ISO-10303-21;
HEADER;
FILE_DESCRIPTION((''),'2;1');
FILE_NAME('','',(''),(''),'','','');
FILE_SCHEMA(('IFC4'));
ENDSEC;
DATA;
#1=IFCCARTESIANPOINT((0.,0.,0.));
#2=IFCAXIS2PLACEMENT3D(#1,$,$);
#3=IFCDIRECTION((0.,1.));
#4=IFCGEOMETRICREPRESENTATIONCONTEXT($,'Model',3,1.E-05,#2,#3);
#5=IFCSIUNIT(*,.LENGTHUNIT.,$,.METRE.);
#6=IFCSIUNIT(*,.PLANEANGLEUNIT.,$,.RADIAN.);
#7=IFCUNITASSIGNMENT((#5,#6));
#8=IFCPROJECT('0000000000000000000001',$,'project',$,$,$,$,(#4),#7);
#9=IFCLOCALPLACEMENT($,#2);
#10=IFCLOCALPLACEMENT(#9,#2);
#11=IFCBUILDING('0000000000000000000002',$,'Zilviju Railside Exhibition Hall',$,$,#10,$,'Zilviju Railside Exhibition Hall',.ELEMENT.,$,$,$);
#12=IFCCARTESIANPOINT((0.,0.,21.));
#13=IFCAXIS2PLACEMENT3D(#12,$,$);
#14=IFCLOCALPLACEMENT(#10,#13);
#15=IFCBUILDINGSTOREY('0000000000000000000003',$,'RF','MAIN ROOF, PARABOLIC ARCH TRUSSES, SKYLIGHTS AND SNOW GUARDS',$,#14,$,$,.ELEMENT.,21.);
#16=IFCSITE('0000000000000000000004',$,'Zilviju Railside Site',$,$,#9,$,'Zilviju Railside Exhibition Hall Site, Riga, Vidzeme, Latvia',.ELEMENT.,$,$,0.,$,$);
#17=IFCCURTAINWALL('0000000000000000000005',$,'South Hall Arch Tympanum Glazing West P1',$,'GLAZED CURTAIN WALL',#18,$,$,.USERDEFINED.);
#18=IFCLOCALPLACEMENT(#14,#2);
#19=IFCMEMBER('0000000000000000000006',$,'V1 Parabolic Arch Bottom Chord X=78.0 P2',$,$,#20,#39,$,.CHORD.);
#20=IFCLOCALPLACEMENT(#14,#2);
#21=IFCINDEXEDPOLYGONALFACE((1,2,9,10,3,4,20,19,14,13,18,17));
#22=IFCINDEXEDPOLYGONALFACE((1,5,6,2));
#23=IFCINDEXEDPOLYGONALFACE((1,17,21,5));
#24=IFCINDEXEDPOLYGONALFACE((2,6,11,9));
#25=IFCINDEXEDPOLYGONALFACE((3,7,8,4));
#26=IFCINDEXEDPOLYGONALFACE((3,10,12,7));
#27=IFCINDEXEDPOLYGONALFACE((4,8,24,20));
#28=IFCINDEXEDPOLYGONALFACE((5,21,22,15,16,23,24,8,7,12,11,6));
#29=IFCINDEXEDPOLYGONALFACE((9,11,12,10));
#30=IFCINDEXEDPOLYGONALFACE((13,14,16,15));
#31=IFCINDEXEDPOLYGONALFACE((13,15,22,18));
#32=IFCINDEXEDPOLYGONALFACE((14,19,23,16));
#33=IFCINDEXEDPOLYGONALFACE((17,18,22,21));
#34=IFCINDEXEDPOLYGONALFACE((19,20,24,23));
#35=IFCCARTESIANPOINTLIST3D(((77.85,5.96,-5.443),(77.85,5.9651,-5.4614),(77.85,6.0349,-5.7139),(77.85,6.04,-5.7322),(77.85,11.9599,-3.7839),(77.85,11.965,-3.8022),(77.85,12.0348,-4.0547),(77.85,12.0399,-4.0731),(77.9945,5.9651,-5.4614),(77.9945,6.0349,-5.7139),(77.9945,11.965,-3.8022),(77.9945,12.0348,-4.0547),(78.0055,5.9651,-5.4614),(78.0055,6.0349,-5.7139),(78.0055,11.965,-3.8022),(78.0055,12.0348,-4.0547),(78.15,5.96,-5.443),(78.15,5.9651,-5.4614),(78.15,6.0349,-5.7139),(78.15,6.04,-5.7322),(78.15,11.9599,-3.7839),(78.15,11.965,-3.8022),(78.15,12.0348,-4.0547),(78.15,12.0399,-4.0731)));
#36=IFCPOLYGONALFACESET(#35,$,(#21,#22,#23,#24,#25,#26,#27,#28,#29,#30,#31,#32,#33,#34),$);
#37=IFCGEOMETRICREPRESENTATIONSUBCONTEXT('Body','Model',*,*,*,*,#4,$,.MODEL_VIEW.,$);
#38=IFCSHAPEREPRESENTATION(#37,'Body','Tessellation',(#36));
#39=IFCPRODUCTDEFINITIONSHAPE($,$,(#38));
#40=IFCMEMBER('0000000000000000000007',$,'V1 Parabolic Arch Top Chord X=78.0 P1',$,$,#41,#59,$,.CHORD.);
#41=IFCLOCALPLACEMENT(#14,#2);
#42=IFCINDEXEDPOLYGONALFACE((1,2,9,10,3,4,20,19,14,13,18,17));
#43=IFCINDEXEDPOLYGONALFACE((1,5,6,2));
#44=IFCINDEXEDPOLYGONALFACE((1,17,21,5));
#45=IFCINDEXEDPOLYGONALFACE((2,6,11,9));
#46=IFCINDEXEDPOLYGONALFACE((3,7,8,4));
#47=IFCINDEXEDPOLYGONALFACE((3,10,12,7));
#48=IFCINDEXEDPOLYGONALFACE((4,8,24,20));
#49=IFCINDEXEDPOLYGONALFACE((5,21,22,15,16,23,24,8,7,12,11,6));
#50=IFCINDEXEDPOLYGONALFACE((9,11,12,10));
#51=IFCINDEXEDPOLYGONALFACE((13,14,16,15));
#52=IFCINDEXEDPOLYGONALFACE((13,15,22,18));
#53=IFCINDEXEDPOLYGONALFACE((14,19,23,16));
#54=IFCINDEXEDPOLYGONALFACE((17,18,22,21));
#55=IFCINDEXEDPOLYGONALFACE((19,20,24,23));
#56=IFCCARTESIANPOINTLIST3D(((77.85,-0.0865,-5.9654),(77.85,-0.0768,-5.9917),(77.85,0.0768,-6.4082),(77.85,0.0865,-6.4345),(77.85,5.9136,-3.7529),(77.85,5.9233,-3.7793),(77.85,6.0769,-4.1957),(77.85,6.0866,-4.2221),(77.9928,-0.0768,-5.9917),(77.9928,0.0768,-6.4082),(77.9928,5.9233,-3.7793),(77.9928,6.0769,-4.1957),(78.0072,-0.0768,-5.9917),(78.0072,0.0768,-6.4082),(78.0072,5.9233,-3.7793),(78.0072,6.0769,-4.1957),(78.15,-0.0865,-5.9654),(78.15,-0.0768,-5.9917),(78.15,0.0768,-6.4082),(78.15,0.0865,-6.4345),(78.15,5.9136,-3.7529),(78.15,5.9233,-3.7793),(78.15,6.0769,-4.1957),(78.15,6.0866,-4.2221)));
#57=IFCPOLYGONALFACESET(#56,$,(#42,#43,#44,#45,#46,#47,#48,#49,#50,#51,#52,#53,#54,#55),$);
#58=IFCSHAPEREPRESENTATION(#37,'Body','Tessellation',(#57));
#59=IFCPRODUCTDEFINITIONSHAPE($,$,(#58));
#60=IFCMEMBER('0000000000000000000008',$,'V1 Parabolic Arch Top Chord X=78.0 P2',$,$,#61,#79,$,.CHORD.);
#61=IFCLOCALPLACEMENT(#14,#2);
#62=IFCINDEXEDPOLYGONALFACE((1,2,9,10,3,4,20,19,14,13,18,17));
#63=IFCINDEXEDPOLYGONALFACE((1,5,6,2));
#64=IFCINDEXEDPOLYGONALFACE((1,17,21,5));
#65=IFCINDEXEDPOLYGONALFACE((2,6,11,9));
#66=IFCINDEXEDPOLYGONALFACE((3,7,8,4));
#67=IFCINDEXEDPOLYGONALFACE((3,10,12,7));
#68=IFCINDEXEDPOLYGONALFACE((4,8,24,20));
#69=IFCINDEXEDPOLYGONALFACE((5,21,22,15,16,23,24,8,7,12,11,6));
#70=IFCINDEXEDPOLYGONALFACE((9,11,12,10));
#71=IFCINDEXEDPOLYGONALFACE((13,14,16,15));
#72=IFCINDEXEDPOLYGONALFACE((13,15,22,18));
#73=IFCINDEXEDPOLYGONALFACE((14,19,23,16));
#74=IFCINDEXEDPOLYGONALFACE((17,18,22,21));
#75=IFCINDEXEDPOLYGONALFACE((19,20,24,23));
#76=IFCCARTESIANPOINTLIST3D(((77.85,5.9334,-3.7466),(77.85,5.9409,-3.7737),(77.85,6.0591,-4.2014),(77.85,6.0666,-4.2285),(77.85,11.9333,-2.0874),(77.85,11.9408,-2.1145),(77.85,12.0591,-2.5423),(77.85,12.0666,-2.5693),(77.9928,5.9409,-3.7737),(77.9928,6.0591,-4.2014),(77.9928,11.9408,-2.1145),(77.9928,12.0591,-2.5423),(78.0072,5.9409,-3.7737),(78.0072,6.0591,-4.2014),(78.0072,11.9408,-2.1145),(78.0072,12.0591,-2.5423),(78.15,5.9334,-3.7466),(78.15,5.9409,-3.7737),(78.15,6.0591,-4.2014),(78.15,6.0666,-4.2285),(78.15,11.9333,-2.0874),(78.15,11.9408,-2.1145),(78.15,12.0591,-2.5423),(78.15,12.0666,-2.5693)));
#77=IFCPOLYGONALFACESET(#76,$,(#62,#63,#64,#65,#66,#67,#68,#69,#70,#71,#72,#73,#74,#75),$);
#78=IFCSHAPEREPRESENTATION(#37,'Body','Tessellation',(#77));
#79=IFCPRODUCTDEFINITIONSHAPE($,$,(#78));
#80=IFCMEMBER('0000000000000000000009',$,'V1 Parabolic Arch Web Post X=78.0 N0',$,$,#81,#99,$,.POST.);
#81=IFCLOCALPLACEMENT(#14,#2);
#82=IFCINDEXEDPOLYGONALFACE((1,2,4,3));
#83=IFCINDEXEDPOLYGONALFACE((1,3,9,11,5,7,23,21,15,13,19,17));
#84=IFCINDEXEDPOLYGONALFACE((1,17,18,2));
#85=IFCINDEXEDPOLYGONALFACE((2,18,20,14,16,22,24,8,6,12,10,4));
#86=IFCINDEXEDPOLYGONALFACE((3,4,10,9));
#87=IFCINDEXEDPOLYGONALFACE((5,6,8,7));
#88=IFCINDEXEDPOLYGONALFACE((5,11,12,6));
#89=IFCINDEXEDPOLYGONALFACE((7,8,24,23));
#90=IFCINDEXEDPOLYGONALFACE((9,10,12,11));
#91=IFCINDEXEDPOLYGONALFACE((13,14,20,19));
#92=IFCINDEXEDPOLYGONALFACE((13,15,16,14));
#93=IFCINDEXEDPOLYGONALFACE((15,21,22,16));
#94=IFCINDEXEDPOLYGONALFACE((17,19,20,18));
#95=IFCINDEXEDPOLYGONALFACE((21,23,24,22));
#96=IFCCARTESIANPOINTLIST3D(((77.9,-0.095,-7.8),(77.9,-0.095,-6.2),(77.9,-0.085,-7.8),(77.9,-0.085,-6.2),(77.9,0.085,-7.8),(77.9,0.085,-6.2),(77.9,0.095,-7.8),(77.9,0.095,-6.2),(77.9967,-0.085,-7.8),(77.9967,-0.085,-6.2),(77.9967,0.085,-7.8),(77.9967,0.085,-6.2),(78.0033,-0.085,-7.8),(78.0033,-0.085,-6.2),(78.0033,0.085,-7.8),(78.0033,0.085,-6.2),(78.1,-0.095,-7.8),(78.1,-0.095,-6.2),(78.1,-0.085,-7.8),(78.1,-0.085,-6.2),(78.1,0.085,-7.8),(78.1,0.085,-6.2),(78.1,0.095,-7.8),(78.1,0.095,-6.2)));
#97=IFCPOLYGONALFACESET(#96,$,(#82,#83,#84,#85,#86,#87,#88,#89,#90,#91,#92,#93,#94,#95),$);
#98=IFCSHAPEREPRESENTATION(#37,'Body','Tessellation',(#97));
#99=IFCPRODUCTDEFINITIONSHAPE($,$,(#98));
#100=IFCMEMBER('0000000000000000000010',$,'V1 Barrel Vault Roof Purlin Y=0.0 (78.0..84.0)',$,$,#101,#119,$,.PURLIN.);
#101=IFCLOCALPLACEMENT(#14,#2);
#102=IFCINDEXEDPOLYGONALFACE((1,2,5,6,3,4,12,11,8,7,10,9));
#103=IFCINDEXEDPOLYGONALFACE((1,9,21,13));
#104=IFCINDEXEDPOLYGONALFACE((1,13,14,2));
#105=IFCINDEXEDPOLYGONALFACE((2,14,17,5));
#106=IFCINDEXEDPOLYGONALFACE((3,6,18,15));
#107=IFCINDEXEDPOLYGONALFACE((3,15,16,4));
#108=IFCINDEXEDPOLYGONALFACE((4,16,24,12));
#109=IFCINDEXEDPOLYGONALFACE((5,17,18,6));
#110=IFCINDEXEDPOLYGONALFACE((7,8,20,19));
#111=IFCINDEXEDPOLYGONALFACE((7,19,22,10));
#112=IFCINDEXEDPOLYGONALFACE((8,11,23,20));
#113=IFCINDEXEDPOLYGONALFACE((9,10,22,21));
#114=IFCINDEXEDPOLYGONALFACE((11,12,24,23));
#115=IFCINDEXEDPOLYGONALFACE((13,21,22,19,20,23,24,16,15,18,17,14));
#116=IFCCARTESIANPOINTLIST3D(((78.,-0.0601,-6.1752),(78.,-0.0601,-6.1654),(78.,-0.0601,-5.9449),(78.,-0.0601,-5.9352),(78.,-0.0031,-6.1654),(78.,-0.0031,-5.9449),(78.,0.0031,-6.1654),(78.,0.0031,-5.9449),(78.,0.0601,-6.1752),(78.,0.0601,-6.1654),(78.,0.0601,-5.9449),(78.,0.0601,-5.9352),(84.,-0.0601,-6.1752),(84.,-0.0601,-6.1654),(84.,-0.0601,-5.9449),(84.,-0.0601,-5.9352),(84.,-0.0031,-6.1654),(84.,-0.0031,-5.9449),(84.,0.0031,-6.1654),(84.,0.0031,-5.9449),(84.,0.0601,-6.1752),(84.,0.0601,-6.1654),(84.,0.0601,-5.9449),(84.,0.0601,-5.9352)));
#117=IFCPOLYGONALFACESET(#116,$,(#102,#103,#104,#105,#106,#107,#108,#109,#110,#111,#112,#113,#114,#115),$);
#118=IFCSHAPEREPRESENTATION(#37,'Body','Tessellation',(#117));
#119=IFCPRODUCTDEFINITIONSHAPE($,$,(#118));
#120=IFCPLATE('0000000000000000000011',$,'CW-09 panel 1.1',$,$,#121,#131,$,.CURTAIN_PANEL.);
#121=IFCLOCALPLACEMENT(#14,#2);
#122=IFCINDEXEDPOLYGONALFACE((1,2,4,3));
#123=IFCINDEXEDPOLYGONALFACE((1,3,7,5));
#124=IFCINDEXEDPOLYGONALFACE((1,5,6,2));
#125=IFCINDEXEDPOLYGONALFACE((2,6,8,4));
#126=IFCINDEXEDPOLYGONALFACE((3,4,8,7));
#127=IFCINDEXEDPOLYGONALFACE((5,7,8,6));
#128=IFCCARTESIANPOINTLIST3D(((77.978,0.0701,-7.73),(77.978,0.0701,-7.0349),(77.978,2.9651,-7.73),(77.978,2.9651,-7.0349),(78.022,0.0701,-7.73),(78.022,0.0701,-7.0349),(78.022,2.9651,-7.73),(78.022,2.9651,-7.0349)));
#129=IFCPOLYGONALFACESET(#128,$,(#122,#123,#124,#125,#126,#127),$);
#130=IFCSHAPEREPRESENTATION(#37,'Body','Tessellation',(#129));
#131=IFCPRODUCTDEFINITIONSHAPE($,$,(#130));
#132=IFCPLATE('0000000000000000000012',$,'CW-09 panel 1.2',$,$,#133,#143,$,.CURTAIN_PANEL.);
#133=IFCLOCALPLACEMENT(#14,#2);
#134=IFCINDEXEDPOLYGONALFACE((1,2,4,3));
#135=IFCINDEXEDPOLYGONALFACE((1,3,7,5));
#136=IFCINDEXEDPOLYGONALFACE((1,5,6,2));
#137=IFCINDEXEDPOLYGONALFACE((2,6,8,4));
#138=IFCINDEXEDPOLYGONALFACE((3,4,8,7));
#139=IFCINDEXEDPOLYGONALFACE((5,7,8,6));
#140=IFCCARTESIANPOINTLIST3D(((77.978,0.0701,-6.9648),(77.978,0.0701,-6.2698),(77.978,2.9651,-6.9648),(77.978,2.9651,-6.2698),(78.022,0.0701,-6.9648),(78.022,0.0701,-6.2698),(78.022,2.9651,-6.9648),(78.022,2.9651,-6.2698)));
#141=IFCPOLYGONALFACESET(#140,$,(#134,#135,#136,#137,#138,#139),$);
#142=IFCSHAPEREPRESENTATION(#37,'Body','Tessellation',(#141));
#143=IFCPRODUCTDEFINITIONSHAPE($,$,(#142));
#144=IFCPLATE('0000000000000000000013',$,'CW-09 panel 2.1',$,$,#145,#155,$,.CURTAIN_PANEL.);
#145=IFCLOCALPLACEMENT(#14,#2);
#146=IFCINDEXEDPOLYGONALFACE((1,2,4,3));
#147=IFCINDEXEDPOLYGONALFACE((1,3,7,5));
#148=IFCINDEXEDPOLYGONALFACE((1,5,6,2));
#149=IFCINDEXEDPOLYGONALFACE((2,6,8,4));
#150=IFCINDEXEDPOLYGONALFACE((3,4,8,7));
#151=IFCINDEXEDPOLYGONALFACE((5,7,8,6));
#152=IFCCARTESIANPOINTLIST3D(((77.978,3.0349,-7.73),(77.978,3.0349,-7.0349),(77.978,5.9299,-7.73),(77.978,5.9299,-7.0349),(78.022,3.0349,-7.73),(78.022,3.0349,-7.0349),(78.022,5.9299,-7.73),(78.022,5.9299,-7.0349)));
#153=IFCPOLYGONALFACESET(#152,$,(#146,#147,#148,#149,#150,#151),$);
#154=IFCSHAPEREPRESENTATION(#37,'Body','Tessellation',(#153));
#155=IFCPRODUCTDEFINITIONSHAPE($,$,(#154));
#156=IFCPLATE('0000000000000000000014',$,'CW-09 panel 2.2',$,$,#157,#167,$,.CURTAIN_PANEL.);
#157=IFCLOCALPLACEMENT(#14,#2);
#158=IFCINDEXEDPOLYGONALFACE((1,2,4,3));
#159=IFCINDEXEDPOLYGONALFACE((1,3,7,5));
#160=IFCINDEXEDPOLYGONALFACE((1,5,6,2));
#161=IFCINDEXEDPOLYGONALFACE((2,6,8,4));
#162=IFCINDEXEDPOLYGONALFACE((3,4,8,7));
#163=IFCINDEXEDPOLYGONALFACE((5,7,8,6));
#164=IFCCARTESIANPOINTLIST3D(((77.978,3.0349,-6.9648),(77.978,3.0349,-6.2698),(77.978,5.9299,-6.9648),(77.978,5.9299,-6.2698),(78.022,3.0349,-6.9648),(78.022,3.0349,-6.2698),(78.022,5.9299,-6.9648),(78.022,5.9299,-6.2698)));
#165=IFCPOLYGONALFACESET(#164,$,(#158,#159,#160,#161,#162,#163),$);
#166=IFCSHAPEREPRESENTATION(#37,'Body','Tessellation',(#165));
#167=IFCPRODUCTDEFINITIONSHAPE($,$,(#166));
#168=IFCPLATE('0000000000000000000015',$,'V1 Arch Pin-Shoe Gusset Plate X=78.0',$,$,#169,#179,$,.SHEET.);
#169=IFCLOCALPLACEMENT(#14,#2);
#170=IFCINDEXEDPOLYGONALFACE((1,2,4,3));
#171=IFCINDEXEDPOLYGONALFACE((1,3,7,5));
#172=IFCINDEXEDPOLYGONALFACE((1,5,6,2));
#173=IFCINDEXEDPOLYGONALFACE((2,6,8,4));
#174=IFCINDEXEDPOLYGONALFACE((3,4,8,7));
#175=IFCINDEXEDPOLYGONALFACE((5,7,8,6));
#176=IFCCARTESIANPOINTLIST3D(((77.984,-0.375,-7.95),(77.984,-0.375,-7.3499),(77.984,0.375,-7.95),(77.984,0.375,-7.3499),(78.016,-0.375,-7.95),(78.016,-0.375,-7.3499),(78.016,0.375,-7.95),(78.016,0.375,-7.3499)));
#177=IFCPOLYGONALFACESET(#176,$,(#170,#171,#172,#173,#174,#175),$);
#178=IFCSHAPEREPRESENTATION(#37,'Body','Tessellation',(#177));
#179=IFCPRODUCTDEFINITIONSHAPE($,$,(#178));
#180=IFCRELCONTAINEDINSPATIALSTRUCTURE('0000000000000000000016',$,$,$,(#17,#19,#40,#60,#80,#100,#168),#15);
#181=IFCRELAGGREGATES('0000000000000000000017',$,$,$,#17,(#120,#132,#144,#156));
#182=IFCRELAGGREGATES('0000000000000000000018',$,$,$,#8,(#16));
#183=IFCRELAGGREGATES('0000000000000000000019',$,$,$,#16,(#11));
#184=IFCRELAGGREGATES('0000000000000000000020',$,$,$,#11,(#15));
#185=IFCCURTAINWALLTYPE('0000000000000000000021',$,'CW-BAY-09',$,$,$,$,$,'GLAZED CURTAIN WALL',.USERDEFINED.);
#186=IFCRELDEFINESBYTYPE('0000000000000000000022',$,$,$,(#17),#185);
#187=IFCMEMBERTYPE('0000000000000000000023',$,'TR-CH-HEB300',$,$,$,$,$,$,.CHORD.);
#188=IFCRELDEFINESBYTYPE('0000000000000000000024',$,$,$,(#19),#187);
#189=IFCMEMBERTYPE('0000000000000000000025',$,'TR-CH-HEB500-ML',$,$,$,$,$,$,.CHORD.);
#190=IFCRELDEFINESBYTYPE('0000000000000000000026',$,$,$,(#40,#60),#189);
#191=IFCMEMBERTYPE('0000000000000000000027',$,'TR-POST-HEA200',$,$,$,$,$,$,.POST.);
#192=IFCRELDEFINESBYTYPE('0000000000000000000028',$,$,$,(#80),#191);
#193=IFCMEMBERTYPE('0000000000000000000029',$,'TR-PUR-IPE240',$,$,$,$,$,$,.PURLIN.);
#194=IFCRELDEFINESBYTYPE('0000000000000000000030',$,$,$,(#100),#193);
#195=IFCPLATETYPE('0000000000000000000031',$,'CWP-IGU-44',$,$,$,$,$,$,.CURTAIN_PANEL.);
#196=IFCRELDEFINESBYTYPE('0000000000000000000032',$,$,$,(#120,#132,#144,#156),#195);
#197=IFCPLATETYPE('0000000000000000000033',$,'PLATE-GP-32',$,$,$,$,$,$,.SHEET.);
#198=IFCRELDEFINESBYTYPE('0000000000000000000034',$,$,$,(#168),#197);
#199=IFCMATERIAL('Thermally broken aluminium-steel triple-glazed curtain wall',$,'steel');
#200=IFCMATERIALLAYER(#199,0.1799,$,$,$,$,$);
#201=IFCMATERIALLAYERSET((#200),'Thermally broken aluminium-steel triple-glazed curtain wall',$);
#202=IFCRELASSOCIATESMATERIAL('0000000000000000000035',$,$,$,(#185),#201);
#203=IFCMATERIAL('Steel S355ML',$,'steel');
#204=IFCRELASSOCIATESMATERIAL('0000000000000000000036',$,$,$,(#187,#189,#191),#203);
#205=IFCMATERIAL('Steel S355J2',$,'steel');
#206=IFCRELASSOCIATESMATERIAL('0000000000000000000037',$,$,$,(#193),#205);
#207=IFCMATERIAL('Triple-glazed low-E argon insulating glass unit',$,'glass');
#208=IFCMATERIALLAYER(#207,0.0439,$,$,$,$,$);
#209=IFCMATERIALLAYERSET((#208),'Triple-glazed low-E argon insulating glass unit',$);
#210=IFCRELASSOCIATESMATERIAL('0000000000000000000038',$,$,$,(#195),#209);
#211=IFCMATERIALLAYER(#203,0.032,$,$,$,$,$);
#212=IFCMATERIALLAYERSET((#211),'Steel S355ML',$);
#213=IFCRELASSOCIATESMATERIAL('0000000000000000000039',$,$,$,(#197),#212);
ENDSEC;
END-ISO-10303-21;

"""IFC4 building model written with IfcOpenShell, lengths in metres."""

from ifc_helpers import new_model, si_unit, direction, frame, origin, origin_2d, place, context, subcontext, project, spatial, rectangle, i_section, extrude, material, layer, layer_set, material_profile, profile_set, type_object, element, aggregate, save


model = new_model("IFC4")

# Units and contexts
model_context = context("Model", 3, precision=1e-05, world=origin(), true_north=direction((0.0, 1.0)))
body_context = subcontext(model_context, "Body", "Model", "MODEL_VIEW")
ifc_project = project(units=[si_unit("LENGTHUNIT", "METRE"), si_unit("PLANEANGLEUNIT", "RADIAN")], contexts=[model_context])

# Site, building, storey
site_placement = place(None, origin())
site = spatial("IfcSite", under=ifc_project, at=site_placement, Name="Zilviju Railside Site", LongName="Zilviju Railside Exhibition Hall Site, Riga, Vidzeme, Latvia", CompositionType="ELEMENT", RefElevation=0.0)
building_placement = place(site_placement, origin())
building = spatial("IfcBuilding", under=site, at=building_placement, Name="Zilviju Railside Exhibition Hall", LongName="Zilviju Railside Exhibition Hall", CompositionType="ELEMENT")
storey_placement = place(building_placement, frame((0.0, 0.0, 21.0)))
storey = spatial("IfcBuildingStorey", under=building, at=storey_placement, Name="RF", Description="MAIN ROOF, PARABOLIC ARCH TRUSSES, SKYLIGHTS AND SNOW GUARDS", CompositionType="ELEMENT", Elevation=21.0)

# Curtain wall
ifc_material_1 = material(Name="Thermally broken aluminium-steel triple-glazed curtain wall", Category="steel")
ifc_layer_1 = layer(ifc_material_1, 0.1799)
ifc_layer_set_1 = layer_set([ifc_layer_1], Name="Thermally broken aluminium-steel triple-glazed curtain wall")
curtain_wall_type = type_object("IfcCurtainWallType", Name="CW-BAY-09", ElementType="GLAZED CURTAIN WALL", PredefinedType="USERDEFINED", material=ifc_layer_set_1)
curtain_wall_placement = place(storey_placement, origin())
curtain_wall = element("IfcCurtainWall", 1, at=curtain_wall_placement, inside=storey, type_object=curtain_wall_type, Name="South Hall Arch Tympanum Glazing West P1", ObjectType="GLAZED CURTAIN WALL", PredefinedType="USERDEFINED")

# Members
ifc_material_2 = material(Name="Steel S355J2", Category="steel")
ifc_material_3 = material(Name="Steel S355ML", Category="steel")
ifc_material_profile_1 = material_profile(ifc_material_3, i_section(OverallWidth=0.3, OverallDepth=0.3, WebThickness=0.011, FlangeThickness=0.019, at=origin_2d()), Name="HEB 300")
ifc_profile_set_1 = profile_set([ifc_material_profile_1], Name="Steel S355ML")
member_type_1 = type_object("IfcMemberType", Name="TR-CH-HEB300", PredefinedType="CHORD", material=ifc_profile_set_1)
member_1_placement = place(storey_placement, frame((78.0, 6.0, -5.5876), z_axis=(0.0, 0.963827, 0.266527), x_axis=(-1.0, 0.0, 0.0)))
element("IfcMember", 2, at=member_1_placement, inside=storey, type_object=member_type_1, Name="V1 Parabolic Arch Bottom Chord X=78.0 P2", PredefinedType="CHORD", context=body_context, shape_type="SweptSolid", body=[
    extrude(i_section(OverallWidth=0.3, OverallDepth=0.3, WebThickness=0.011, FlangeThickness=0.019, at=origin_2d()), origin(), (0.0, 0.0, 1.0), 6.2251),
])
ifc_material_profile_2 = material_profile(ifc_material_3, i_section(OverallWidth=0.3, OverallDepth=0.5, WebThickness=0.0144, FlangeThickness=0.0281, at=origin_2d()), Name="HEB 500")
ifc_profile_set_2 = profile_set([ifc_material_profile_2], Name="Steel S355ML")
member_type_2 = type_object("IfcMemberType", Name="TR-CH-HEB500-ML", PredefinedType="CHORD", material=ifc_profile_set_2)
member_2_placement = place(storey_placement, frame((78.0, 0.0, -6.2), z_axis=(0.0, 0.938248, 0.345964), x_axis=(-1.0, 0.0, 0.0)))
element("IfcMember", 3, at=member_2_placement, inside=storey, type_object=member_type_2, Name="V1 Parabolic Arch Top Chord X=78.0 P1", PredefinedType="CHORD", context=body_context, shape_type="SweptSolid", body=[
    extrude(i_section(OverallWidth=0.3, OverallDepth=0.5, WebThickness=0.0144, FlangeThickness=0.0281, at=origin_2d()), origin(), (0.0, 0.0, 1.0), 6.395),
])
member_3_placement = place(storey_placement, frame((78.0, 6.0, -3.9875), z_axis=(0.0, 0.963827, 0.266527), x_axis=(-1.0, 0.0, 0.0)))
element("IfcMember", 4, at=member_3_placement, inside=storey, type_object=member_type_2, Name="V1 Parabolic Arch Top Chord X=78.0 P2", PredefinedType="CHORD", context=body_context, shape_type="SweptSolid", body=[
    extrude(i_section(OverallWidth=0.3, OverallDepth=0.5, WebThickness=0.0144, FlangeThickness=0.0281, at=origin_2d()), origin(), (0.0, 0.0, 1.0), 6.2251),
])
ifc_material_profile_3 = material_profile(ifc_material_3, i_section(OverallWidth=0.2, OverallDepth=0.1899, WebThickness=0.0066, FlangeThickness=0.01, at=origin_2d()), Name="HEA 200")
ifc_profile_set_3 = profile_set([ifc_material_profile_3], Name="Steel S355ML")
member_type_3 = type_object("IfcMemberType", Name="TR-POST-HEA200", PredefinedType="POST", material=ifc_profile_set_3)
member_4_placement = place(storey_placement, frame((78.0, 0.0, -7.8), z_axis=(0.0, 0.0, 1.0), x_axis=(1.0, 0.0, 0.0)))
element("IfcMember", 5, at=member_4_placement, inside=storey, type_object=member_type_3, Name="V1 Parabolic Arch Web Post X=78.0 N0", PredefinedType="POST", context=body_context, shape_type="SweptSolid", body=[
    extrude(i_section(OverallWidth=0.2, OverallDepth=0.1899, WebThickness=0.0066, FlangeThickness=0.01, at=origin_2d()), origin(), (0.0, 0.0, 1.0), 1.6001),
])
ifc_material_profile_4 = material_profile(ifc_material_2, i_section(OverallWidth=0.1201, OverallDepth=0.24, WebThickness=0.0061, FlangeThickness=0.0098, at=origin_2d()), Name="IPE 240")
ifc_profile_set_4 = profile_set([ifc_material_profile_4], Name="Steel S355J2")
member_type_4 = type_object("IfcMemberType", Name="TR-PUR-IPE240", PredefinedType="PURLIN", material=ifc_profile_set_4)
member_5_placement = place(storey_placement, frame((78.0, 0.0, -6.0552), z_axis=(1.0, 0.0, 0.0), x_axis=(0.0, 1.0, 0.0)))
element("IfcMember", 6, at=member_5_placement, inside=storey, type_object=member_type_4, Name="V1 Barrel Vault Roof Purlin Y=0.0 (78.0..84.0)", PredefinedType="PURLIN", context=body_context, shape_type="SweptSolid", body=[
    extrude(i_section(OverallWidth=0.1201, OverallDepth=0.24, WebThickness=0.0061, FlangeThickness=0.0098, at=origin_2d()), origin(), (0.0, 0.0, 1.0), 6.0),
])

# Plates
ifc_material_4 = material(Name="Triple-glazed low-E argon insulating glass unit", Category="glass")
ifc_layer_2 = layer(ifc_material_4, 0.0439)
ifc_layer_set_2 = layer_set([ifc_layer_2], Name="Triple-glazed low-E argon insulating glass unit")
plate_type_1 = type_object("IfcPlateType", Name="CWP-IGU-44", PredefinedType="CURTAIN_PANEL", material=ifc_layer_set_2)
plate_1_placement = place(storey_placement, frame((78.0, 1.5176, -7.73), z_axis=(0.0, 0.0, 1.0), x_axis=(0.0, 1.0, 0.0)))
plate_1 = element("IfcPlate", 7, at=plate_1_placement, type_object=plate_type_1, Name="CW-09 panel 1.1", PredefinedType="CURTAIN_PANEL", context=body_context, shape_type="SweptSolid", body=[
    extrude(rectangle(XDim=2.895, YDim=0.0439, at=origin_2d()), origin(), (0.0, 0.0, 1.0), 0.6951),
])
plate_2_placement = place(storey_placement, frame((78.0, 1.5176, -6.9648), z_axis=(0.0, 0.0, 1.0), x_axis=(0.0, 1.0, 0.0)))
plate_2 = element("IfcPlate", 8, at=plate_2_placement, type_object=plate_type_1, Name="CW-09 panel 1.2", PredefinedType="CURTAIN_PANEL", context=body_context, shape_type="SweptSolid", body=[
    extrude(rectangle(XDim=2.895, YDim=0.0439, at=origin_2d()), origin(), (0.0, 0.0, 1.0), 0.6951),
])
plate_3_placement = place(storey_placement, frame((78.0, 4.4824, -7.73), z_axis=(0.0, 0.0, 1.0), x_axis=(0.0, 1.0, 0.0)))
plate_3 = element("IfcPlate", 9, at=plate_3_placement, type_object=plate_type_1, Name="CW-09 panel 2.1", PredefinedType="CURTAIN_PANEL", context=body_context, shape_type="SweptSolid", body=[
    extrude(rectangle(XDim=2.895, YDim=0.0439, at=origin_2d()), origin(), (0.0, 0.0, 1.0), 0.6951),
])
plate_4_placement = place(storey_placement, frame((78.0, 4.4824, -6.9648), z_axis=(0.0, 0.0, 1.0), x_axis=(0.0, 1.0, 0.0)))
plate_4 = element("IfcPlate", 10, at=plate_4_placement, type_object=plate_type_1, Name="CW-09 panel 2.2", PredefinedType="CURTAIN_PANEL", context=body_context, shape_type="SweptSolid", body=[
    extrude(rectangle(XDim=2.895, YDim=0.0439, at=origin_2d()), origin(), (0.0, 0.0, 1.0), 0.6951),
])
aggregate(curtain_wall, [plate_1, plate_2, plate_3, plate_4])
ifc_layer_3 = layer(ifc_material_3, 0.032)
ifc_layer_set_3 = layer_set([ifc_layer_3], Name="Steel S355ML")
plate_type_2 = type_object("IfcPlateType", Name="PLATE-GP-32", PredefinedType="SHEET", material=ifc_layer_set_3)
plate_5_placement = place(storey_placement, frame((78.0, 0.0, -7.95), z_axis=(0.0, 0.0, 1.0), x_axis=(1.0, 0.0, 0.0)))
element("IfcPlate", 11, at=plate_5_placement, inside=storey, type_object=plate_type_2, Name="V1 Arch Pin-Shoe Gusset Plate X=78.0", PredefinedType="SHEET", context=body_context, shape_type="SweptSolid", body=[
    extrude(rectangle(XDim=0.032, YDim=0.75, at=origin_2d()), origin(), (0.0, 0.0, 1.0), 0.6001),
])

save(model, "model.ifc")
